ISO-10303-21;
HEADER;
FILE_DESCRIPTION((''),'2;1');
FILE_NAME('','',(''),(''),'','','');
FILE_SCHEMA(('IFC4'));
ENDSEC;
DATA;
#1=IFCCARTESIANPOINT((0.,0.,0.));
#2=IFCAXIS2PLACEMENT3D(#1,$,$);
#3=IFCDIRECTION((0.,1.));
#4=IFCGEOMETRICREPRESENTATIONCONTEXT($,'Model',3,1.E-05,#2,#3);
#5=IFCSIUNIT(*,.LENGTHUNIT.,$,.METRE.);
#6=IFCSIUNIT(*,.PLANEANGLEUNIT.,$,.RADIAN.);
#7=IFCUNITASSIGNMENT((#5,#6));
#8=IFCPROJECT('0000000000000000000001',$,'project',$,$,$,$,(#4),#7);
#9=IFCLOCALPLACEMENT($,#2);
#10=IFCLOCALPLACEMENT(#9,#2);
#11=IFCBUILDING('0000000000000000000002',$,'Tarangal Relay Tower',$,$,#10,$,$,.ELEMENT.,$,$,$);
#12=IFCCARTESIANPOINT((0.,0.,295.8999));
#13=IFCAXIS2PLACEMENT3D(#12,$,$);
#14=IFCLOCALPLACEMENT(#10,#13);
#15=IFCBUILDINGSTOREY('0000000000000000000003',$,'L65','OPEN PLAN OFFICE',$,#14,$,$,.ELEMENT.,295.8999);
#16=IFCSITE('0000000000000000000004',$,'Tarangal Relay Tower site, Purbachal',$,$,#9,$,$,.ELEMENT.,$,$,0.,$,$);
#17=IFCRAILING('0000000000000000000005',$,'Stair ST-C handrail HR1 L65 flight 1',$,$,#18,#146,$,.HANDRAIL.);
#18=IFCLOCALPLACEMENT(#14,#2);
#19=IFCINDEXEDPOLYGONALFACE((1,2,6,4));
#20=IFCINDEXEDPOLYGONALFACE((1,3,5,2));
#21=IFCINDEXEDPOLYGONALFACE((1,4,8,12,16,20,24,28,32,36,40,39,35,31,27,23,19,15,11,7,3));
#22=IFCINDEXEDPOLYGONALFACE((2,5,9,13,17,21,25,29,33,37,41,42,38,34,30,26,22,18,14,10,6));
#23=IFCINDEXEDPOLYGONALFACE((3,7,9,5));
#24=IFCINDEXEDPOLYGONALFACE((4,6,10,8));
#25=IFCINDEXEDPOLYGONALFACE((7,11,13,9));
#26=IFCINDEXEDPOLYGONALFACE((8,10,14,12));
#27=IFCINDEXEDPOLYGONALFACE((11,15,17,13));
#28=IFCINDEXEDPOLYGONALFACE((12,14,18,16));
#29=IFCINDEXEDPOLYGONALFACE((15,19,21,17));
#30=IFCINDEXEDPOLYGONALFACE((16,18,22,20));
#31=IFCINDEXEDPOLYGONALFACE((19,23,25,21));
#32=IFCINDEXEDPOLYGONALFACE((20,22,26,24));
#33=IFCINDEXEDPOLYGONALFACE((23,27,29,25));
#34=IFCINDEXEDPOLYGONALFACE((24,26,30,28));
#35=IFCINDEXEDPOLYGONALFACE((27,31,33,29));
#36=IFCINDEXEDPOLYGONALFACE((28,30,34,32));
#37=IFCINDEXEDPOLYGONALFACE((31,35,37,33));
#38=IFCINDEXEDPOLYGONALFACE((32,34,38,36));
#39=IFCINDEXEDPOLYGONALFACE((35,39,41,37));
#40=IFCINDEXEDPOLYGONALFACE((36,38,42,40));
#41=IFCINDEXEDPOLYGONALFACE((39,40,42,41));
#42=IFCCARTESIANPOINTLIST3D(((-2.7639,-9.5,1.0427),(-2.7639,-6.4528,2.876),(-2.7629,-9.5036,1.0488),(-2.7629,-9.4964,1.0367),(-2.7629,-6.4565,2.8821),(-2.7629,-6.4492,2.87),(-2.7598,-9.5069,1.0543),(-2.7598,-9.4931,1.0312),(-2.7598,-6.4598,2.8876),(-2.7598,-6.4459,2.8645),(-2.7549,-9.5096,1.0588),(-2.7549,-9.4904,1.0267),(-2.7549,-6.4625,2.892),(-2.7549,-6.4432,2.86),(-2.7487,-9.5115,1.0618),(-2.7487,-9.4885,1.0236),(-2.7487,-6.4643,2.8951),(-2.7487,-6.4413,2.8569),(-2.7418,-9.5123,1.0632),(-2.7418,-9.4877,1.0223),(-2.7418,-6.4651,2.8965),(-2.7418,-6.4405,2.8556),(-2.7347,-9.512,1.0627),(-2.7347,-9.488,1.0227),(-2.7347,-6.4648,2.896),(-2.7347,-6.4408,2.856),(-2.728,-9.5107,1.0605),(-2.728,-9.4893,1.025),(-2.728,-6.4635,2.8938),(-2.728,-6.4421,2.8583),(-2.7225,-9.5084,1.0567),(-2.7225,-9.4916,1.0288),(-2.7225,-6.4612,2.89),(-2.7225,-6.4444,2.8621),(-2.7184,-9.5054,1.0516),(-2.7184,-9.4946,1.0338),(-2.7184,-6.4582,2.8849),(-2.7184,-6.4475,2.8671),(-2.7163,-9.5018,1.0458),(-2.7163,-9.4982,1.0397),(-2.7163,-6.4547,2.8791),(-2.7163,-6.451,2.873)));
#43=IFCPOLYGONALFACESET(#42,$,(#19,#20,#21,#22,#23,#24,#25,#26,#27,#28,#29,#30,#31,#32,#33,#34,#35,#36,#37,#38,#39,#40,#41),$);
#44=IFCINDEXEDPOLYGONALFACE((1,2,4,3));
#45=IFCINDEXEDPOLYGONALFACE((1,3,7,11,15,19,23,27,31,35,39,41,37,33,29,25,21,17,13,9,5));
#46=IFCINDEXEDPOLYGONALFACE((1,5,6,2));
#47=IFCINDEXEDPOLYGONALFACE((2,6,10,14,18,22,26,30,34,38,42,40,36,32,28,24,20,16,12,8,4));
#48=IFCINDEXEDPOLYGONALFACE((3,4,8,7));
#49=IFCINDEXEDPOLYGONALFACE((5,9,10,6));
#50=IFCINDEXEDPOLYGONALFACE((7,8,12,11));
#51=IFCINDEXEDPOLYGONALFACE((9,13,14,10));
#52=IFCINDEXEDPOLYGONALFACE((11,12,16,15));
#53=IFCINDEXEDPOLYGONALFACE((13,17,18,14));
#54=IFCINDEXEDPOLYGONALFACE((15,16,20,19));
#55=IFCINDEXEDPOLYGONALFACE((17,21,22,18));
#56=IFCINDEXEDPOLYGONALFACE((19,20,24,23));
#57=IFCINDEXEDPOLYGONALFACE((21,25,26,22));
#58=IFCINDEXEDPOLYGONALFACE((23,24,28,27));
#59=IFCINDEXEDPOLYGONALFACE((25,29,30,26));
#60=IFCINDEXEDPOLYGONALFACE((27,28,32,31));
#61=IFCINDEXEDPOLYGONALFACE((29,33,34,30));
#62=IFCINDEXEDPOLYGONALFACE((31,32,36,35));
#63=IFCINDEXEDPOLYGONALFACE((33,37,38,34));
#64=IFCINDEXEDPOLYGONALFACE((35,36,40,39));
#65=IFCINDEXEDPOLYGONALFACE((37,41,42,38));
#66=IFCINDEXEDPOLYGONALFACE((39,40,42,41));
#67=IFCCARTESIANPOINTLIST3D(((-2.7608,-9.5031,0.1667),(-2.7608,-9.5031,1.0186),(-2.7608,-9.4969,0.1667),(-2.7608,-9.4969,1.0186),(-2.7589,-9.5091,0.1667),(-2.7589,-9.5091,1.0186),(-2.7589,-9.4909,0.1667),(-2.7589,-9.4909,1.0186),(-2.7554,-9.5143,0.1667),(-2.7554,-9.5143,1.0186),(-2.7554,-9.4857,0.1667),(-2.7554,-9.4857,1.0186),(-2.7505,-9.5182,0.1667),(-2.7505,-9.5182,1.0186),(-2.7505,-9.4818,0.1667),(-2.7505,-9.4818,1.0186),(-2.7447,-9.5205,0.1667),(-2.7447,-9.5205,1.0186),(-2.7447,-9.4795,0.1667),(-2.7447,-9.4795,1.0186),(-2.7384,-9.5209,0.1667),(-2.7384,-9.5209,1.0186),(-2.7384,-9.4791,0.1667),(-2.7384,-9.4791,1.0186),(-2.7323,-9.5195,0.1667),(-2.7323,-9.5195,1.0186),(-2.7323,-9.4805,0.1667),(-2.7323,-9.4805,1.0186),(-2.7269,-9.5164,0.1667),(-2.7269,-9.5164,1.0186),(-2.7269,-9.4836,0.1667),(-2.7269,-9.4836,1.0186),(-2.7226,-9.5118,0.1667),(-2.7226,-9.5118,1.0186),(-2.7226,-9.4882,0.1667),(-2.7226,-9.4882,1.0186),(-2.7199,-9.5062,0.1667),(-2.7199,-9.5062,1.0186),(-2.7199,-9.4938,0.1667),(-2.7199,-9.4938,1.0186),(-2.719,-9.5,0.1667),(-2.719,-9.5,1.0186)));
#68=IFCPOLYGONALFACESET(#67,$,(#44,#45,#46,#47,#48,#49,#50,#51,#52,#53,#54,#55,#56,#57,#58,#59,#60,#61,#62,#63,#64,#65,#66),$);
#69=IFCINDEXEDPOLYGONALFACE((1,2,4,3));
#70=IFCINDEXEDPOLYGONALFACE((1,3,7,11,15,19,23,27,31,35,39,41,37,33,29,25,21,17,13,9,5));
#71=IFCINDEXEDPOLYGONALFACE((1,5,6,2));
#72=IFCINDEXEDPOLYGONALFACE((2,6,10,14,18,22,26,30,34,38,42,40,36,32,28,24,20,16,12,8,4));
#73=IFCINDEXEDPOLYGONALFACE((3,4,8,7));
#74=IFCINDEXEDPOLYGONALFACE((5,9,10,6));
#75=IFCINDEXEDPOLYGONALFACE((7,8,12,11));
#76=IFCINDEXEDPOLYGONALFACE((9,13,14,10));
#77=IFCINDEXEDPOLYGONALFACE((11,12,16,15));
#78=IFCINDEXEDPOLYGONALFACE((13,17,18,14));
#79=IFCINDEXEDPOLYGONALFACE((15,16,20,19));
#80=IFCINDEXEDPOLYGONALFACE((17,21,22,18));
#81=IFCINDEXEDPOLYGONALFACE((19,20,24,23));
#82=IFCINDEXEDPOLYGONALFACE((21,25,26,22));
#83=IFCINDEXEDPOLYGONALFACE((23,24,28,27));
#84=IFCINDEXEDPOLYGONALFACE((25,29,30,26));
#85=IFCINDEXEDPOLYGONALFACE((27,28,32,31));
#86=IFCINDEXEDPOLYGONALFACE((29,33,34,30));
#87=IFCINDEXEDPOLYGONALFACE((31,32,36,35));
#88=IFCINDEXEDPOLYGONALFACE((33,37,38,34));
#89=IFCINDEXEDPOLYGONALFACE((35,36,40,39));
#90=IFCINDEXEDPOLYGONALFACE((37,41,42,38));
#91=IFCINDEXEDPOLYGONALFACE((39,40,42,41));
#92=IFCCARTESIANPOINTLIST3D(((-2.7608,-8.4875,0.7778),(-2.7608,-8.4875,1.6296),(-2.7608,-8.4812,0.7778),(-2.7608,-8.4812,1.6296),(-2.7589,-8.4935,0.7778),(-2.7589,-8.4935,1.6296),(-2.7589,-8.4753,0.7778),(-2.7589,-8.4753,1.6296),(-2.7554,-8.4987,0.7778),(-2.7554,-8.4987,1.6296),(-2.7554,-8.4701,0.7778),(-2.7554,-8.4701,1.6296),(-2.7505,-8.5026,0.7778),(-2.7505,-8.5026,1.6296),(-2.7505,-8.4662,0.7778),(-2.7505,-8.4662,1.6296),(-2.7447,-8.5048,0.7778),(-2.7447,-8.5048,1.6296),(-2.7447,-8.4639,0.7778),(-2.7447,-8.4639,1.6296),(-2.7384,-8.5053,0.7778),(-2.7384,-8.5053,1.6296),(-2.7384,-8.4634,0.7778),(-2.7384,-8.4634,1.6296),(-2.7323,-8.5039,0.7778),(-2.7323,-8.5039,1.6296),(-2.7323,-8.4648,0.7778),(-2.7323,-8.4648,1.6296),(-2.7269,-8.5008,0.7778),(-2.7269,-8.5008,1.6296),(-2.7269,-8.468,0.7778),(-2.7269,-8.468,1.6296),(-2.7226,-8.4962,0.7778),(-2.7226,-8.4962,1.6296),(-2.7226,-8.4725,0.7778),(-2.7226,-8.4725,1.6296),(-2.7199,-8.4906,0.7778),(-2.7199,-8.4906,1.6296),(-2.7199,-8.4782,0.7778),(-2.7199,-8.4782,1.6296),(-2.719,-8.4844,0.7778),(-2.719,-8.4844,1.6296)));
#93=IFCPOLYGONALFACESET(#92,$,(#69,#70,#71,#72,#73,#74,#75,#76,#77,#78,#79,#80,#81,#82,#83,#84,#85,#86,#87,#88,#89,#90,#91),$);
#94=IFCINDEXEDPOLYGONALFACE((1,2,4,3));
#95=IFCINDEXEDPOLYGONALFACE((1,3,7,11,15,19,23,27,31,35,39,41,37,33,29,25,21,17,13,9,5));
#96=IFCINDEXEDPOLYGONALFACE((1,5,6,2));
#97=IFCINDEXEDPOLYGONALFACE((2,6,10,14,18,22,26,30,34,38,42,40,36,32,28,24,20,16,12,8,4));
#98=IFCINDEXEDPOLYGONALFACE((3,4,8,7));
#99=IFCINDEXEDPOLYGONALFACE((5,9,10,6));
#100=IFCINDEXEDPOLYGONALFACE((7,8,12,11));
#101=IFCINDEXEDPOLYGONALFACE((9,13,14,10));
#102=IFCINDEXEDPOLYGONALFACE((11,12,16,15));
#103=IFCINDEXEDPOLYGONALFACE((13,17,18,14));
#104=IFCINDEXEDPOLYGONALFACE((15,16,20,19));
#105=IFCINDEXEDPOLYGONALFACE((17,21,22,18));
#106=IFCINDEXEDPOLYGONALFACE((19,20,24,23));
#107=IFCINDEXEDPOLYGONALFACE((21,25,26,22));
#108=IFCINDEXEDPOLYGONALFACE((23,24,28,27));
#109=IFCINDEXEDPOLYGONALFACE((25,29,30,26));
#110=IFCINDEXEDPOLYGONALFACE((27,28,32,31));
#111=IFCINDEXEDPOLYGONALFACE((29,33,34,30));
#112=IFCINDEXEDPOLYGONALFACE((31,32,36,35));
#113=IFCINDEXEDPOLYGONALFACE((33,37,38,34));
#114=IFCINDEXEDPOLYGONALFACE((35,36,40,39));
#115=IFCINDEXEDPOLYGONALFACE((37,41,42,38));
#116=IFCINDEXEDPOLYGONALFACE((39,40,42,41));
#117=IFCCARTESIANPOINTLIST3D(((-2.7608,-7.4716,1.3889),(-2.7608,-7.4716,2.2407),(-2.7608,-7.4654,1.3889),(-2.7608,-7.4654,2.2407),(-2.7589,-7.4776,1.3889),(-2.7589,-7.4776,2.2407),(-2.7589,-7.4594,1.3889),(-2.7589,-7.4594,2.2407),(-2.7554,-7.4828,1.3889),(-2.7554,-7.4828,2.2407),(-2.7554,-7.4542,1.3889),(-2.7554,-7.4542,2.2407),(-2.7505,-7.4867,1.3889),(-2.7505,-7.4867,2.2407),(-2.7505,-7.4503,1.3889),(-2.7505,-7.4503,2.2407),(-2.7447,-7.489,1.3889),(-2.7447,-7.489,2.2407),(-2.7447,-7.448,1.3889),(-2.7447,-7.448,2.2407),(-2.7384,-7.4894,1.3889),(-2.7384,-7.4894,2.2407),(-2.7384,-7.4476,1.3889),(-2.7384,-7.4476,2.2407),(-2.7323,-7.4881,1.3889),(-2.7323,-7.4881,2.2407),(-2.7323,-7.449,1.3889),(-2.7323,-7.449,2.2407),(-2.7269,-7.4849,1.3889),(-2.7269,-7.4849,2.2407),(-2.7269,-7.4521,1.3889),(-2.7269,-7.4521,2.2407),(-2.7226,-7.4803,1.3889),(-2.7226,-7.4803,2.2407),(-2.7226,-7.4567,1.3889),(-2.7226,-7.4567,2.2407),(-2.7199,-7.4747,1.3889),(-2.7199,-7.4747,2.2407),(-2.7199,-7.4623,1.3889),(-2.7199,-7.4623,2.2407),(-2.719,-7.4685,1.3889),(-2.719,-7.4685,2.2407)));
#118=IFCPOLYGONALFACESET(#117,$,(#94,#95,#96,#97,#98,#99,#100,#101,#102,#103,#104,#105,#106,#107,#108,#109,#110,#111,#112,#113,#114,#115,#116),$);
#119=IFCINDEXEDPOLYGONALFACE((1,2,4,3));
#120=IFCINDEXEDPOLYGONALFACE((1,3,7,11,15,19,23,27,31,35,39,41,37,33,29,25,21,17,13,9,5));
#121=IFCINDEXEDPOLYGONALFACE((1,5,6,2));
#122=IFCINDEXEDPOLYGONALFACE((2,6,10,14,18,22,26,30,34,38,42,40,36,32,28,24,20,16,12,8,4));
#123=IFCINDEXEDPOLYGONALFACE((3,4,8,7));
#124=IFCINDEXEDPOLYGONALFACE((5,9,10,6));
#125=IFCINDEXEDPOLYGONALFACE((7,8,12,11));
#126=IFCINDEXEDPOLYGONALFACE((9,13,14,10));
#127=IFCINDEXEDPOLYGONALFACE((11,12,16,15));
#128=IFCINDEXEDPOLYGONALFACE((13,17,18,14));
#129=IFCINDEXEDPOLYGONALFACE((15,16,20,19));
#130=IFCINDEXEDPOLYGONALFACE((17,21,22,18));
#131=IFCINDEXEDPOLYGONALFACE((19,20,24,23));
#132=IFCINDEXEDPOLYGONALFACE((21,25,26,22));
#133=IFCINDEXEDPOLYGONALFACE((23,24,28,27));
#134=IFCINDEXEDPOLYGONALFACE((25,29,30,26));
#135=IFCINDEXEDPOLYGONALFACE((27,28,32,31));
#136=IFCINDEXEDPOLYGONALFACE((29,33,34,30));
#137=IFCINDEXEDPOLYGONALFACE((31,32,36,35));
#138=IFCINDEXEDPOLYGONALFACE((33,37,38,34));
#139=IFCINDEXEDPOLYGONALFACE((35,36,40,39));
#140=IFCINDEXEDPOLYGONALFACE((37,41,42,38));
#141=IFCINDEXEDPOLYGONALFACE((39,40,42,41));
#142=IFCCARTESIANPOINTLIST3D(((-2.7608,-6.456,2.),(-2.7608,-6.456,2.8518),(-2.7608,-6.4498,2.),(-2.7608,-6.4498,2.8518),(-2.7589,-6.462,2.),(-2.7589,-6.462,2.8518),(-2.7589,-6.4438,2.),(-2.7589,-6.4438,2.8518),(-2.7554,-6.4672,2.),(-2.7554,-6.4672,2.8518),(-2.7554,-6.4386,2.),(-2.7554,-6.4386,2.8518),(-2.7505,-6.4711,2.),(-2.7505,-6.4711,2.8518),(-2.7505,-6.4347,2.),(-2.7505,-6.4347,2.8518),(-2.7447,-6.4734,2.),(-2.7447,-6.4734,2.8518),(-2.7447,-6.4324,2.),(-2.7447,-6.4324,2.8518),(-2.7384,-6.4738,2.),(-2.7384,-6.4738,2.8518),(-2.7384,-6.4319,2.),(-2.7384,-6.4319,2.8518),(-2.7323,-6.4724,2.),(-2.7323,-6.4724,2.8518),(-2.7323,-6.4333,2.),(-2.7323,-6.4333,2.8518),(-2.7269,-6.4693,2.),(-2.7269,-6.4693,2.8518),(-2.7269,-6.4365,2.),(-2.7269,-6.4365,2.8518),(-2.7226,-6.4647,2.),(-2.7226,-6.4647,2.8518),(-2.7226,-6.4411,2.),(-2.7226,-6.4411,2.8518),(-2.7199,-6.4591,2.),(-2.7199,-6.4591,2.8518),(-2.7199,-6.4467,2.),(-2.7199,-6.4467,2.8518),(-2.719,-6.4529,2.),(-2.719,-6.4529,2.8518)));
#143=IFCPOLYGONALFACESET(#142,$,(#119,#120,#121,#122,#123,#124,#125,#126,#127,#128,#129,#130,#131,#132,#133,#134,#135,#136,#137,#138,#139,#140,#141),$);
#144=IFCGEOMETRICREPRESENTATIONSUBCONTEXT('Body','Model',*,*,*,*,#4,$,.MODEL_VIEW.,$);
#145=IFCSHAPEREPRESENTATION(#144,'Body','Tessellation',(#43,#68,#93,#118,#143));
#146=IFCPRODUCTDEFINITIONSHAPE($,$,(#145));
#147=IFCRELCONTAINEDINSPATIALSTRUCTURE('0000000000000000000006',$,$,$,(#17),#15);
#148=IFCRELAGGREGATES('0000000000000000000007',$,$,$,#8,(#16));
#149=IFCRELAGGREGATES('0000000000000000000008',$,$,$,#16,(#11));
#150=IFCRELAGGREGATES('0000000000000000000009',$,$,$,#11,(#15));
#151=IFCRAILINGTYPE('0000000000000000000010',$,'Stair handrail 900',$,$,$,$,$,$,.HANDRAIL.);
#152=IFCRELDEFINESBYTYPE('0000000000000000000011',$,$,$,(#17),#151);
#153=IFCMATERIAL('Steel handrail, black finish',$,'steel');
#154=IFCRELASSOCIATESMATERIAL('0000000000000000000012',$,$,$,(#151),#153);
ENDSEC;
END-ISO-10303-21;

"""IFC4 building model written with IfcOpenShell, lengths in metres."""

from ifc_helpers import new_model, si_unit, direction, frame, origin, origin_2d, place, context, subcontext, project, spatial, circle, extrude, material, type_object, element, save


model = new_model("IFC4")

# Units and contexts
model_context = context("Model", 3, precision=1e-05, world=origin(), true_north=direction((0.0, 1.0)))
body_context = subcontext(model_context, "Body", "Model", "MODEL_VIEW")
ifc_project = project(units=[si_unit("LENGTHUNIT", "METRE"), si_unit("PLANEANGLEUNIT", "RADIAN")], contexts=[model_context])

# Site, building, storey
site_placement = place(None, origin())
site = spatial("IfcSite", under=ifc_project, at=site_placement, Name="Tarangal Relay Tower site, Purbachal", CompositionType="ELEMENT", RefElevation=0.0)
building_placement = place(site_placement, origin())
building = spatial("IfcBuilding", under=site, at=building_placement, Name="Tarangal Relay Tower", CompositionType="ELEMENT")
storey_placement = place(building_placement, frame((0.0, 0.0, 295.8999)))
storey = spatial("IfcBuildingStorey", under=building, at=storey_placement, Name="L65", Description="OPEN PLAN OFFICE", CompositionType="ELEMENT", Elevation=295.8999)

# Railing
ifc_material_1 = material(Name="Steel handrail, black finish", Category="steel")
railing_type_1 = type_object("IfcRailingType", Name="Stair handrail 900", PredefinedType="HANDRAIL", material=ifc_material_1)
railing_1_placement = place(storey_placement, frame((-2.74, -9.5, 0.1667)))
element("IfcRailing", 1, at=railing_1_placement, inside=storey, type_object=railing_type_1, Name="Stair ST-C handrail HR1 L65 flight 1", PredefinedType="HANDRAIL", context=body_context, shape_type="SweptSolid", body=[
    extrude(circle(Radius=0.0239, at=origin_2d()), frame((0.0, 0.0, 0.876), z_axis=(0.0, 0.856874, 0.515525), x_axis=(-1.0, 0.0, 0.0)), (0.0, 0.0, 1.0), 3.5562),
    extrude(circle(Radius=0.021, at=origin_2d()), origin(), (0.0, 0.0, 1.0), 0.8518),
    extrude(circle(Radius=0.021, at=origin_2d()), frame((0.0, 1.0156, 0.6111)), (0.0, 0.0, 1.0), 0.8518),
    extrude(circle(Radius=0.021, at=origin_2d()), frame((0.0, 2.0315, 1.2222)), (0.0, 0.0, 1.0), 0.8518),
    extrude(circle(Radius=0.021, at=origin_2d()), frame((0.0, 3.0471, 1.8333)), (0.0, 0.0, 1.0), 0.8518),
])

save(model, "model.ifc")
